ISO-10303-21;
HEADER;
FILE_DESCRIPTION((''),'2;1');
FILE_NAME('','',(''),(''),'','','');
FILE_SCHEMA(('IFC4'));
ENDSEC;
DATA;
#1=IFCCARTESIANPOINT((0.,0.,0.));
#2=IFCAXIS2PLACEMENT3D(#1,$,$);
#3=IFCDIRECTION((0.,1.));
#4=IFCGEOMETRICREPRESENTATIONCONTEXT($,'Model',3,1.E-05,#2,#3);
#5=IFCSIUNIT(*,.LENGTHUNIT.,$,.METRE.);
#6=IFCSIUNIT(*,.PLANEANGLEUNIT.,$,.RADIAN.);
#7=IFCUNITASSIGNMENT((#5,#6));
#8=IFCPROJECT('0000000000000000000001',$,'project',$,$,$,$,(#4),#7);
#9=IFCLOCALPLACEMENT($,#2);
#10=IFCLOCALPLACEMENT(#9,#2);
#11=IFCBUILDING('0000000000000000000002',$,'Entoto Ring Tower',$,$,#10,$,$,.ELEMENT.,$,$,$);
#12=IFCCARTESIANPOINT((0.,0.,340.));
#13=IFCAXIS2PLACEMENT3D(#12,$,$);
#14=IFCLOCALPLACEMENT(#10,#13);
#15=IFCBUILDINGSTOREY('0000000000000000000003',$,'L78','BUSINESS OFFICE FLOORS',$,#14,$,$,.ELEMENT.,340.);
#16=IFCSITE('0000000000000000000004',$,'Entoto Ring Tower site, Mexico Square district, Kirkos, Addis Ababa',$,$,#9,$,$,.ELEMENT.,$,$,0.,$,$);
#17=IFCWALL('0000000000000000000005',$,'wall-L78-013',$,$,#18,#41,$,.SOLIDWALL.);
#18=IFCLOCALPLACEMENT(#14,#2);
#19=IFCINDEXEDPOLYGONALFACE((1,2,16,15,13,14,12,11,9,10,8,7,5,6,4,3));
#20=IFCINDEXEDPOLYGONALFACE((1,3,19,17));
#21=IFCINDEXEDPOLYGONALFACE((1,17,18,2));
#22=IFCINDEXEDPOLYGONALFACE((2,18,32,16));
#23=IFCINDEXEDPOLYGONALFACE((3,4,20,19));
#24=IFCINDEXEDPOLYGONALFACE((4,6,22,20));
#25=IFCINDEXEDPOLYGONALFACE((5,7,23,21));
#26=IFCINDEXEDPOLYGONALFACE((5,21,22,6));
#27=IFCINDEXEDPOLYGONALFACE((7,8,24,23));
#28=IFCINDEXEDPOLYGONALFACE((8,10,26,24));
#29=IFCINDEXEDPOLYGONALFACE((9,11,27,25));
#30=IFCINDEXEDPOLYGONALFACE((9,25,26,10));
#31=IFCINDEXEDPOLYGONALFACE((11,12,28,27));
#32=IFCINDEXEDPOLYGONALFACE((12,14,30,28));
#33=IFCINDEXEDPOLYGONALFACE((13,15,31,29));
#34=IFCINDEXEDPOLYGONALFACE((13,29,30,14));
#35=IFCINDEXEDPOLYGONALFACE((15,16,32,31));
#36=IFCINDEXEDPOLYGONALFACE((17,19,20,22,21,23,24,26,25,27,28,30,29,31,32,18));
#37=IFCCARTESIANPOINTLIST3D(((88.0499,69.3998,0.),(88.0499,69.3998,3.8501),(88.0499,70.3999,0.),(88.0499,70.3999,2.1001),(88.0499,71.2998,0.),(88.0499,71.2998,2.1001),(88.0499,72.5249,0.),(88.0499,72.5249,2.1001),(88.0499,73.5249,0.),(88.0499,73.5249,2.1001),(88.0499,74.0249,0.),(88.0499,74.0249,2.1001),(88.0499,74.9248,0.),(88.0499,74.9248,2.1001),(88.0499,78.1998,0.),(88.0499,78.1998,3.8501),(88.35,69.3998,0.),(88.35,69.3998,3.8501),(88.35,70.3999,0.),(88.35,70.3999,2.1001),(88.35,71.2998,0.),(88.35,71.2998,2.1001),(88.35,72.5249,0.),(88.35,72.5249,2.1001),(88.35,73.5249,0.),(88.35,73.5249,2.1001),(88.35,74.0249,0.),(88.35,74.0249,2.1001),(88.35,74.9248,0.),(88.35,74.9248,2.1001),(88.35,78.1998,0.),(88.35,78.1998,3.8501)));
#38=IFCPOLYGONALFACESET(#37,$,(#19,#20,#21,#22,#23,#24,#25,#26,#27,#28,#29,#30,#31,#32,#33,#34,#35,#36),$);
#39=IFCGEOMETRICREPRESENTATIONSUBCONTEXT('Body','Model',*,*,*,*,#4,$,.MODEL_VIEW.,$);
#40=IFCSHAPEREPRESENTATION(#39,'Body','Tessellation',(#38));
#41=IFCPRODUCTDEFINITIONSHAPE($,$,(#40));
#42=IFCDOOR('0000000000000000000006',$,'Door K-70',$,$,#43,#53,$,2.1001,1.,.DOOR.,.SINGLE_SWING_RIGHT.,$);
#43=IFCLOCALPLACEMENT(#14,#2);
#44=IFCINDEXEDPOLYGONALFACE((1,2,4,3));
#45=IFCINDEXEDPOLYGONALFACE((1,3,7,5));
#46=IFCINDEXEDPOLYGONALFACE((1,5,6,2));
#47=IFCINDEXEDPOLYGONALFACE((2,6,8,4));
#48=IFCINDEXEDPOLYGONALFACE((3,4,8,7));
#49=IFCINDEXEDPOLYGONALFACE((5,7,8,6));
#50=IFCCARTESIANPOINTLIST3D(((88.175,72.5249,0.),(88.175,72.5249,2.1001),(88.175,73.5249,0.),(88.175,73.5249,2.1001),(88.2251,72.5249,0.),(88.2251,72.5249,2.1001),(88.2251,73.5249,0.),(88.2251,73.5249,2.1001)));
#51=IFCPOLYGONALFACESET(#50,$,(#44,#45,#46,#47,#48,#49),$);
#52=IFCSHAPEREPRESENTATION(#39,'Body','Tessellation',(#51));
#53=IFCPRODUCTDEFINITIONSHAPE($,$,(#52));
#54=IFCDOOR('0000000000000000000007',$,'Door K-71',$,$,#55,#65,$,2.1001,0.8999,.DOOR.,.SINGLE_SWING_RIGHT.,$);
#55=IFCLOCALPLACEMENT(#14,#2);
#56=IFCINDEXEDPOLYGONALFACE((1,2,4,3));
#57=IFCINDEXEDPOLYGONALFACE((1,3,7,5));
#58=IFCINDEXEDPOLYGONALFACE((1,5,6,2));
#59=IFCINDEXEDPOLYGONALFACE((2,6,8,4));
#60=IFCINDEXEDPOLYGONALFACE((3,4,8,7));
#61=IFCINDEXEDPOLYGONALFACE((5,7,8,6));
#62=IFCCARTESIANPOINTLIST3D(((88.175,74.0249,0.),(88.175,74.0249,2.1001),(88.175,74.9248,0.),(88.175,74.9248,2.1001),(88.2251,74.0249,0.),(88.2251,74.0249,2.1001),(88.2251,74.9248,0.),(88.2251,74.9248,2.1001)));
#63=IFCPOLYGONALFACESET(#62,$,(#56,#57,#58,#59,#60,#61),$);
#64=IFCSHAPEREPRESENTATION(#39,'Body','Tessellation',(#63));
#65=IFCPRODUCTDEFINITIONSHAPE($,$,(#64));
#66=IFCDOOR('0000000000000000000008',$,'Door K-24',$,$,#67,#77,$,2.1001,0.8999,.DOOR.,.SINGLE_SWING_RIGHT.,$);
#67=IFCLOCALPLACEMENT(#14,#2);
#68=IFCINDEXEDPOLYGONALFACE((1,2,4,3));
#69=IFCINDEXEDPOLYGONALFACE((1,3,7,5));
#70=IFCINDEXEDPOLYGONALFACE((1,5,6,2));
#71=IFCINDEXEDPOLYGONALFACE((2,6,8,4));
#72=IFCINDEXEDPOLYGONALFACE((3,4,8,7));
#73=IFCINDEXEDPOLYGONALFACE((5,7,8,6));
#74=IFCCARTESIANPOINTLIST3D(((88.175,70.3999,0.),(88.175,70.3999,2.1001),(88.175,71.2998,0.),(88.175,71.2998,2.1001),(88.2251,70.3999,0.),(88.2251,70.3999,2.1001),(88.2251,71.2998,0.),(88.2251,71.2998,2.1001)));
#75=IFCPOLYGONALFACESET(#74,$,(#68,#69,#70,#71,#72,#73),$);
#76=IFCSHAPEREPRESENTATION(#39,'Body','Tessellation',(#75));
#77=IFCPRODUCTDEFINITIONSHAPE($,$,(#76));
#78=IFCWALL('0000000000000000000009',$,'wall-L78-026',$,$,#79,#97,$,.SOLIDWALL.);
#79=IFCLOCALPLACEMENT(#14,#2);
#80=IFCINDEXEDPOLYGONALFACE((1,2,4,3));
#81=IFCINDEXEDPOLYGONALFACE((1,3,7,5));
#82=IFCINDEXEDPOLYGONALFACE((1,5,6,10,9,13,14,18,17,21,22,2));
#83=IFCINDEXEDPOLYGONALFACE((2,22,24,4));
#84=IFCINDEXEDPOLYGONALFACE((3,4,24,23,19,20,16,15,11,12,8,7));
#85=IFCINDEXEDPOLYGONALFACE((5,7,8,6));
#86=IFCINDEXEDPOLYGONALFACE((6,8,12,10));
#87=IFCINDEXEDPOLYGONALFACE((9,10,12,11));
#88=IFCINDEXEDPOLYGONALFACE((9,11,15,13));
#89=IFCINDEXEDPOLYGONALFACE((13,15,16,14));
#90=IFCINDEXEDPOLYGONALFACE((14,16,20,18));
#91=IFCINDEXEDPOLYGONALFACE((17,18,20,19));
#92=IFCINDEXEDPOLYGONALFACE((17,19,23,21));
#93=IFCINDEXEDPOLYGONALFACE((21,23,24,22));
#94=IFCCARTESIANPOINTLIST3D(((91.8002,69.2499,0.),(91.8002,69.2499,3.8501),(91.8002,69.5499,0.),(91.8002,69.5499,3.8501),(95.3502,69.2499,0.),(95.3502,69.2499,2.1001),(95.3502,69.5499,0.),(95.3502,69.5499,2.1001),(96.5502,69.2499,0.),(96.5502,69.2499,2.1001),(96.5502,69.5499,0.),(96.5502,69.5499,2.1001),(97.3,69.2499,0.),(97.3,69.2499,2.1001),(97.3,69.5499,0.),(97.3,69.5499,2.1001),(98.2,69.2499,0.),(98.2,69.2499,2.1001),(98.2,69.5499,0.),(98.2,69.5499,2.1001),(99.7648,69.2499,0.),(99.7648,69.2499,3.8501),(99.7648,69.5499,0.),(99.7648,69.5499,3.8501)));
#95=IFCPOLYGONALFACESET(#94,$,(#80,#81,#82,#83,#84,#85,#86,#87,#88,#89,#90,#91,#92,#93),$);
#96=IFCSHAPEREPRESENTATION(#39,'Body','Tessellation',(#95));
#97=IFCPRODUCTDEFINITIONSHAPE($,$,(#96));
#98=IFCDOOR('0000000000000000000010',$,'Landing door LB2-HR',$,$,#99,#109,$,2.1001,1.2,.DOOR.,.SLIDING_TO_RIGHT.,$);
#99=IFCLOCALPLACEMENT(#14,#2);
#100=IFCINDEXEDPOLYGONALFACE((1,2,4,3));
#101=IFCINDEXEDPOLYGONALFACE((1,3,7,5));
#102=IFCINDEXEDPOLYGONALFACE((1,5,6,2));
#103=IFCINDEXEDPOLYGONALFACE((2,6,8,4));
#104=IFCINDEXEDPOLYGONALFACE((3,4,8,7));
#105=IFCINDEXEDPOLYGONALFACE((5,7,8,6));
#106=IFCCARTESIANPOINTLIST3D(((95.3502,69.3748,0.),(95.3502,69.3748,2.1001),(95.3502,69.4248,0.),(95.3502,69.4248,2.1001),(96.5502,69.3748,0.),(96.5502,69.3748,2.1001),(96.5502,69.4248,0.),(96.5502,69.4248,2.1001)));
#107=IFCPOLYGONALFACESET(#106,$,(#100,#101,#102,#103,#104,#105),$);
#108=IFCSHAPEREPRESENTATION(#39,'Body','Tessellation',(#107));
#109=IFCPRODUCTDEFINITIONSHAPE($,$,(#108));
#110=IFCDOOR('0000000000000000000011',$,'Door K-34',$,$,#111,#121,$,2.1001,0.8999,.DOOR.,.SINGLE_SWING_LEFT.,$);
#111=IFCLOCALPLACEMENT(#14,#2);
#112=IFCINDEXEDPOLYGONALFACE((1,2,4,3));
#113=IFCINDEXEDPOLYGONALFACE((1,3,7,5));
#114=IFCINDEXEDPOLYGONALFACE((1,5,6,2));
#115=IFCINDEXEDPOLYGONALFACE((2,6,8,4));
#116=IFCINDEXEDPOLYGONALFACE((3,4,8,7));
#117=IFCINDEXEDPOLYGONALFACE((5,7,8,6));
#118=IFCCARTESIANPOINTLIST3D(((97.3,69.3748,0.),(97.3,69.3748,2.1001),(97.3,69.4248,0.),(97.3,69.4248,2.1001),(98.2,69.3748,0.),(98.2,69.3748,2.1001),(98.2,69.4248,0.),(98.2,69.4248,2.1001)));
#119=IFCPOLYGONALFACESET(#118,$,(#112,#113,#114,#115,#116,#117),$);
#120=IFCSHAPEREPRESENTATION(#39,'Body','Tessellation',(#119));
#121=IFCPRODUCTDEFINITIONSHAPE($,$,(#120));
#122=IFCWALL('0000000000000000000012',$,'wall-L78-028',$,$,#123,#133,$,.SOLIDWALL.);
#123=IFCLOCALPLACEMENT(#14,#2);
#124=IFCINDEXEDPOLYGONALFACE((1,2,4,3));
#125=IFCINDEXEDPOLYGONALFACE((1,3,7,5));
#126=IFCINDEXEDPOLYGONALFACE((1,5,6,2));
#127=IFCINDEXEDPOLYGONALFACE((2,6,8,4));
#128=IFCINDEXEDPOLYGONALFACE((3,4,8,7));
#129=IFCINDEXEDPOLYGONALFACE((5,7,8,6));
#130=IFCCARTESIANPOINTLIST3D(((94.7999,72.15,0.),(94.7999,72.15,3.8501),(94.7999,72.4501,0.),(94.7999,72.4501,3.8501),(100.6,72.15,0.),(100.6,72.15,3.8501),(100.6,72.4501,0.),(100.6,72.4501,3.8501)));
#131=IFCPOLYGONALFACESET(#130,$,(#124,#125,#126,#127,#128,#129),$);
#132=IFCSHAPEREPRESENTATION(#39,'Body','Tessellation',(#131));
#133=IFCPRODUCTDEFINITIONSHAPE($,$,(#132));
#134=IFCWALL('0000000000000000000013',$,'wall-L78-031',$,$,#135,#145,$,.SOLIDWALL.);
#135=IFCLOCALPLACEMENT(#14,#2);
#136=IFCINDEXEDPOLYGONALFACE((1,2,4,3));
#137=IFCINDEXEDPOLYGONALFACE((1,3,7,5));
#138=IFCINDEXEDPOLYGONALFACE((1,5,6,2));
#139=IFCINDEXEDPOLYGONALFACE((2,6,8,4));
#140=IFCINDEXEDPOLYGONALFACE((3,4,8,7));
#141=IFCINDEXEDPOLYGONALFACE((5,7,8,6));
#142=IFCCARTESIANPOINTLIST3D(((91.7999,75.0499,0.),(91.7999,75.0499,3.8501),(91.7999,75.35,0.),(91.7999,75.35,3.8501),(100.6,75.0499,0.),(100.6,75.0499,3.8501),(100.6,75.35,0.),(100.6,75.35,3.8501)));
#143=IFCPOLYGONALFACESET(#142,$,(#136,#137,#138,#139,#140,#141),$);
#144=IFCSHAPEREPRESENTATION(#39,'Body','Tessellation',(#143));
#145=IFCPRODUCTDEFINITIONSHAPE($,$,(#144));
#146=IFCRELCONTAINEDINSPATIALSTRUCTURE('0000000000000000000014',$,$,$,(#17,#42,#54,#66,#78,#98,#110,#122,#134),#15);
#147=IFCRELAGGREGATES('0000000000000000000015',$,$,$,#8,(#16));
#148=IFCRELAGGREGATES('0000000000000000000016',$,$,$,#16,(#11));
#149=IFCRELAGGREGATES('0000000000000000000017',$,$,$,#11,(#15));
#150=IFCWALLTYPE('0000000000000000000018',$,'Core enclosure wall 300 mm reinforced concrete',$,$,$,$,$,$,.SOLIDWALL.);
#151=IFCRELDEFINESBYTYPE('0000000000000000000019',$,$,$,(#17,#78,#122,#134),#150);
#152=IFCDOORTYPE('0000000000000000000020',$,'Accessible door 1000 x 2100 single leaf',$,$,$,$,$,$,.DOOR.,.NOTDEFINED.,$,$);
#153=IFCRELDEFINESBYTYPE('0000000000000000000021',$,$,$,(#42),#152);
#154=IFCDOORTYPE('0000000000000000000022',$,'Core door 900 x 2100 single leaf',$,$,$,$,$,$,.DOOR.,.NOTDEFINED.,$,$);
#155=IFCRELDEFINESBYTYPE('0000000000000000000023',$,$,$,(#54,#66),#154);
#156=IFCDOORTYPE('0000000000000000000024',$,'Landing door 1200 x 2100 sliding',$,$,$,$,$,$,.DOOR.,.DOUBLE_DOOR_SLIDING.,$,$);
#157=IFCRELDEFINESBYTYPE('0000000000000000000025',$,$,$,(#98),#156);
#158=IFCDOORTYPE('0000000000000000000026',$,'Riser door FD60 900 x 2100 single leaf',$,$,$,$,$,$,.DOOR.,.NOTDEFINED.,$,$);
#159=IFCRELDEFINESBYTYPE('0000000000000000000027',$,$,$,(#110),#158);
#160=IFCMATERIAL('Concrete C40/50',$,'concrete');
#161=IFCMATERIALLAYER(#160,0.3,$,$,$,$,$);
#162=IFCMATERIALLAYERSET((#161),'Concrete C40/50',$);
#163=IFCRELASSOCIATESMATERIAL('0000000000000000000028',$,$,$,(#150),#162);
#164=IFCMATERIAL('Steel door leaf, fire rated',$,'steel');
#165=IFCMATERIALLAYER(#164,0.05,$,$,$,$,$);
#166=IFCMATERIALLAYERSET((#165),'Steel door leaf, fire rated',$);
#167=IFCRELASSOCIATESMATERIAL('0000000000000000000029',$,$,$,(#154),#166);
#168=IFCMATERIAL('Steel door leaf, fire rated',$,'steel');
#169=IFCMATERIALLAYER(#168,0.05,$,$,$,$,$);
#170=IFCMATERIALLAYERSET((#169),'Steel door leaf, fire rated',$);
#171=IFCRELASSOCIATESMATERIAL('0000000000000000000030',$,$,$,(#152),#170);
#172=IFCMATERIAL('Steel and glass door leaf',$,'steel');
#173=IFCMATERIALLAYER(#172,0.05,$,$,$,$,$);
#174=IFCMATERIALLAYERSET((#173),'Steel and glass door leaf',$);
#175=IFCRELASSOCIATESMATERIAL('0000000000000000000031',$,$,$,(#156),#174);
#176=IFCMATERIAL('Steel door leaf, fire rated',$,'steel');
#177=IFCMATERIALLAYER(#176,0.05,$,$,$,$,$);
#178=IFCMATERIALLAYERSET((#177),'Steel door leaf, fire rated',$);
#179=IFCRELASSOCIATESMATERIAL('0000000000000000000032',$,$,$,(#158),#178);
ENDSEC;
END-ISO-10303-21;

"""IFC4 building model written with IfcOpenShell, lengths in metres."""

from ifc_helpers import new_model, si_unit, direction, frame, frame_2d, origin, place, context, subcontext, project, spatial, rectangle, extrude, material, layer, layer_set, type_object, element, fill, save


model = new_model("IFC4")

# Units and contexts
model_context = context("Model", 3, precision=1e-05, world=origin(), true_north=direction((0.0, 1.0)))
body_context = subcontext(model_context, "Body", "Model", "MODEL_VIEW")
ifc_project = project(units=[si_unit("LENGTHUNIT", "METRE"), si_unit("PLANEANGLEUNIT", "RADIAN")], contexts=[model_context])

# Site, building, storey
site_placement = place(None, origin())
site = spatial("IfcSite", under=ifc_project, at=site_placement, Name="Entoto Ring Tower site, Mexico Square district, Kirkos, Addis Ababa", CompositionType="ELEMENT", RefElevation=0.0)
building_placement = place(site_placement, origin())
building = spatial("IfcBuilding", under=site, at=building_placement, Name="Entoto Ring Tower", CompositionType="ELEMENT")
storey_placement = place(building_placement, frame((0.0, 0.0, 340.0)))
storey = spatial("IfcBuildingStorey", under=building, at=storey_placement, Name="L78", Description="BUSINESS OFFICE FLOORS", CompositionType="ELEMENT", Elevation=340.0)

# Shared definitions
ifc_material_1 = material(Name="Concrete C40/50", Category="concrete")
ifc_layer_1 = layer(ifc_material_1, 0.3)
ifc_layer_set_1 = layer_set([ifc_layer_1], Name="Concrete C40/50")
wall_type = type_object("IfcWallType", Name="Core enclosure wall 300 mm reinforced concrete", PredefinedType="SOLIDWALL", material=ifc_layer_set_1)

# Shared definitions
ifc_material_2 = material(Name="Steel door leaf, fire rated", Category="steel")
ifc_layer_2 = layer(ifc_material_2, 0.05)
ifc_layer_set_2 = layer_set([ifc_layer_2], Name="Steel door leaf, fire rated")
door_type_1 = type_object("IfcDoorType", Name="Core door 900 x 2100 single leaf", OperationType="NOTDEFINED", PredefinedType="DOOR", material=ifc_layer_set_2)

# Walls, openings, doors
wall_1_placement = place(storey_placement, frame((88.2, 69.3999, 0.0), z_axis=(0.0, 0.0, 1.0), x_axis=(0.0, 1.0, 0.0)))
wall_1 = element("IfcWall", 1, at=wall_1_placement, inside=storey, type_object=wall_type, Name="wall-L78-013", PredefinedType="SOLIDWALL", context=body_context, shape_type="SweptSolid", body=[
    extrude(rectangle(XDim=8.8, YDim=0.3, at=frame_2d((4.3999, 0.0))), origin(), (0.0, 0.0, 1.0), 3.8501),
])
opening_1_placement = place(wall_1_placement, frame((3.125, 0.0, 0.0)))
opening_1 = element("IfcOpeningElement", 2, at=opening_1_placement, cuts=wall_1, PredefinedType="OPENING", context=body_context, shape_type="SweptSolid", body=[
    extrude(rectangle(XDim=1.0, YDim=2.1001, at=frame_2d((0.5, 1.05))), frame((0.0, 0.1602, 0.0), z_axis=(0.0, -1.0, 0.0), x_axis=(1.0, 0.0, 0.0)), (0.0, 0.0, 1.0), 0.3201),
])
opening_2_placement = place(wall_1_placement, frame((4.625, 0.0, 0.0)))
opening_2 = element("IfcOpeningElement", 3, at=opening_2_placement, cuts=wall_1, PredefinedType="OPENING", context=body_context, shape_type="SweptSolid", body=[
    extrude(rectangle(XDim=0.8999, YDim=2.1001, at=frame_2d((0.45, 1.05))), frame((0.0, 0.1602, 0.0), z_axis=(0.0, -1.0, 0.0), x_axis=(1.0, 0.0, 0.0)), (0.0, 0.0, 1.0), 0.3201),
])
opening_3_placement = place(wall_1_placement, frame((1.0, 0.0, 0.0)))
opening_3 = element("IfcOpeningElement", 4, at=opening_3_placement, cuts=wall_1, PredefinedType="OPENING", context=body_context, shape_type="SweptSolid", body=[
    extrude(rectangle(XDim=0.8999, YDim=2.1001, at=frame_2d((0.45, 1.05))), frame((0.0, 0.1602, 0.0), z_axis=(0.0, -1.0, 0.0), x_axis=(1.0, 0.0, 0.0)), (0.0, 0.0, 1.0), 0.3201),
])
ifc_material_3 = material(Name="Steel door leaf, fire rated", Category="steel")
ifc_layer_3 = layer(ifc_material_3, 0.05)
ifc_layer_set_3 = layer_set([ifc_layer_3], Name="Steel door leaf, fire rated")
door_type_2 = type_object("IfcDoorType", Name="Accessible door 1000 x 2100 single leaf", OperationType="NOTDEFINED", PredefinedType="DOOR", material=ifc_layer_set_3)
door_1_placement = place(opening_1_placement, origin())
door_1 = element("IfcDoor", 5, at=door_1_placement, inside=storey, type_object=door_type_2, Name="Door K-70", OperationType="SINGLE_SWING_RIGHT", OverallHeight=2.1001, OverallWidth=1.0, PredefinedType="DOOR", context=body_context, shape_type="SweptSolid", body=[
    extrude(rectangle(XDim=1.0, YDim=2.1001, at=frame_2d((0.5, 1.05))), frame((0.0, 0.0249, 0.0), z_axis=(0.0, -1.0, 0.0), x_axis=(1.0, 0.0, 0.0)), (0.0, 0.0, 1.0), 0.05),
])
fill(opening_1, door_1)
door_2_placement = place(opening_2_placement, origin())
door_2 = element("IfcDoor", 6, at=door_2_placement, inside=storey, type_object=door_type_1, Name="Door K-71", OperationType="SINGLE_SWING_RIGHT", OverallHeight=2.1001, OverallWidth=0.8999, PredefinedType="DOOR", context=body_context, shape_type="SweptSolid", body=[
    extrude(rectangle(XDim=0.8999, YDim=2.1001, at=frame_2d((0.45, 1.05))), frame((0.0, 0.0249, 0.0), z_axis=(0.0, -1.0, 0.0), x_axis=(1.0, 0.0, 0.0)), (0.0, 0.0, 1.0), 0.05),
])
fill(opening_2, door_2)
door_3_placement = place(opening_3_placement, origin())
door_3 = element("IfcDoor", 7, at=door_3_placement, inside=storey, type_object=door_type_1, Name="Door K-24", OperationType="SINGLE_SWING_RIGHT", OverallHeight=2.1001, OverallWidth=0.8999, PredefinedType="DOOR", context=body_context, shape_type="SweptSolid", body=[
    extrude(rectangle(XDim=0.8999, YDim=2.1001, at=frame_2d((0.45, 1.05))), frame((0.0, 0.0249, 0.0), z_axis=(0.0, -1.0, 0.0), x_axis=(1.0, 0.0, 0.0)), (0.0, 0.0, 1.0), 0.05),
])
fill(opening_3, door_3)
wall_2_placement = place(storey_placement, frame((91.8, 69.3999, 0.0), z_axis=(0.0, 0.0, 1.0), x_axis=(1.0, 0.0, 0.0)))
wall_2 = element("IfcWall", 8, at=wall_2_placement, inside=storey, type_object=wall_type, Name="wall-L78-026", PredefinedType="SOLIDWALL", context=body_context, shape_type="SweptSolid", body=[
    extrude(rectangle(XDim=7.9646, YDim=0.3, at=frame_2d((3.9824, 0.0))), origin(), (0.0, 0.0, 1.0), 3.8501),
])
opening_4_placement = place(wall_2_placement, frame((3.55, 0.0, 0.0)))
opening_4 = element("IfcOpeningElement", 9, at=opening_4_placement, cuts=wall_2, PredefinedType="OPENING", context=body_context, shape_type="SweptSolid", body=[
    extrude(rectangle(XDim=1.2, YDim=2.1001, at=frame_2d((0.6001, 1.05))), frame((0.0, 0.1602, 0.0), z_axis=(0.0, -1.0, 0.0), x_axis=(1.0, 0.0, 0.0)), (0.0, 0.0, 1.0), 0.3201),
])
opening_5_placement = place(wall_2_placement, frame((5.5, 0.0, 0.0)))
opening_5 = element("IfcOpeningElement", 10, at=opening_5_placement, cuts=wall_2, PredefinedType="OPENING", context=body_context, shape_type="SweptSolid", body=[
    extrude(rectangle(XDim=0.8999, YDim=2.1001, at=frame_2d((0.45, 1.05))), frame((0.0, 0.1602, 0.0), z_axis=(0.0, -1.0, 0.0), x_axis=(1.0, 0.0, 0.0)), (0.0, 0.0, 1.0), 0.3201),
])
ifc_material_4 = material(Name="Steel and glass door leaf", Category="steel")
ifc_layer_4 = layer(ifc_material_4, 0.05)
ifc_layer_set_4 = layer_set([ifc_layer_4], Name="Steel and glass door leaf")
door_type_3 = type_object("IfcDoorType", Name="Landing door 1200 x 2100 sliding", OperationType="DOUBLE_DOOR_SLIDING", PredefinedType="DOOR", material=ifc_layer_set_4)
door_4_placement = place(opening_4_placement, origin())
door_4 = element("IfcDoor", 11, at=door_4_placement, inside=storey, type_object=door_type_3, Name="Landing door LB2-HR", OperationType="SLIDING_TO_RIGHT", OverallHeight=2.1001, OverallWidth=1.2, PredefinedType="DOOR", context=body_context, shape_type="SweptSolid", body=[
    extrude(rectangle(XDim=1.2, YDim=2.1001, at=frame_2d((0.6001, 1.05))), frame((0.0, 0.0249, 0.0), z_axis=(0.0, -1.0, 0.0), x_axis=(1.0, 0.0, 0.0)), (0.0, 0.0, 1.0), 0.05),
])
fill(opening_4, door_4)
ifc_material_5 = material(Name="Steel door leaf, fire rated", Category="steel")
ifc_layer_5 = layer(ifc_material_5, 0.05)
ifc_layer_set_5 = layer_set([ifc_layer_5], Name="Steel door leaf, fire rated")
door_type_4 = type_object("IfcDoorType", Name="Riser door FD60 900 x 2100 single leaf", OperationType="NOTDEFINED", PredefinedType="DOOR", material=ifc_layer_set_5)
door_5_placement = place(opening_5_placement, origin())
door_5 = element("IfcDoor", 12, at=door_5_placement, inside=storey, type_object=door_type_4, Name="Door K-34", OperationType="SINGLE_SWING_LEFT", OverallHeight=2.1001, OverallWidth=0.8999, PredefinedType="DOOR", context=body_context, shape_type="SweptSolid", body=[
    extrude(rectangle(XDim=0.8999, YDim=2.1001, at=frame_2d((0.45, 1.05))), frame((0.0, 0.0249, 0.0), z_axis=(0.0, -1.0, 0.0), x_axis=(1.0, 0.0, 0.0)), (0.0, 0.0, 1.0), 0.05),
])
fill(opening_5, door_5)

# Walls
wall_3_placement = place(storey_placement, frame((94.8, 72.3, 0.0), z_axis=(0.0, 0.0, 1.0), x_axis=(1.0, 0.0, 0.0)))
element("IfcWall", 13, at=wall_3_placement, inside=storey, type_object=wall_type, Name="wall-L78-028", PredefinedType="SOLIDWALL", context=body_context, shape_type="SweptSolid", body=[
    extrude(rectangle(XDim=5.8, YDim=0.3, at=frame_2d((2.8999, 0.0))), origin(), (0.0, 0.0, 1.0), 3.8501),
])
wall_4_placement = place(storey_placement, frame((91.8, 75.2, 0.0), z_axis=(0.0, 0.0, 1.0), x_axis=(1.0, 0.0, 0.0)))
element("IfcWall", 14, at=wall_4_placement, inside=storey, type_object=wall_type, Name="wall-L78-031", PredefinedType="SOLIDWALL", context=body_context, shape_type="SweptSolid", body=[
    extrude(rectangle(XDim=8.8, YDim=0.3, at=frame_2d((4.3999, 0.0))), origin(), (0.0, 0.0, 1.0), 3.8501),
])

save(model, "model.ifc")
